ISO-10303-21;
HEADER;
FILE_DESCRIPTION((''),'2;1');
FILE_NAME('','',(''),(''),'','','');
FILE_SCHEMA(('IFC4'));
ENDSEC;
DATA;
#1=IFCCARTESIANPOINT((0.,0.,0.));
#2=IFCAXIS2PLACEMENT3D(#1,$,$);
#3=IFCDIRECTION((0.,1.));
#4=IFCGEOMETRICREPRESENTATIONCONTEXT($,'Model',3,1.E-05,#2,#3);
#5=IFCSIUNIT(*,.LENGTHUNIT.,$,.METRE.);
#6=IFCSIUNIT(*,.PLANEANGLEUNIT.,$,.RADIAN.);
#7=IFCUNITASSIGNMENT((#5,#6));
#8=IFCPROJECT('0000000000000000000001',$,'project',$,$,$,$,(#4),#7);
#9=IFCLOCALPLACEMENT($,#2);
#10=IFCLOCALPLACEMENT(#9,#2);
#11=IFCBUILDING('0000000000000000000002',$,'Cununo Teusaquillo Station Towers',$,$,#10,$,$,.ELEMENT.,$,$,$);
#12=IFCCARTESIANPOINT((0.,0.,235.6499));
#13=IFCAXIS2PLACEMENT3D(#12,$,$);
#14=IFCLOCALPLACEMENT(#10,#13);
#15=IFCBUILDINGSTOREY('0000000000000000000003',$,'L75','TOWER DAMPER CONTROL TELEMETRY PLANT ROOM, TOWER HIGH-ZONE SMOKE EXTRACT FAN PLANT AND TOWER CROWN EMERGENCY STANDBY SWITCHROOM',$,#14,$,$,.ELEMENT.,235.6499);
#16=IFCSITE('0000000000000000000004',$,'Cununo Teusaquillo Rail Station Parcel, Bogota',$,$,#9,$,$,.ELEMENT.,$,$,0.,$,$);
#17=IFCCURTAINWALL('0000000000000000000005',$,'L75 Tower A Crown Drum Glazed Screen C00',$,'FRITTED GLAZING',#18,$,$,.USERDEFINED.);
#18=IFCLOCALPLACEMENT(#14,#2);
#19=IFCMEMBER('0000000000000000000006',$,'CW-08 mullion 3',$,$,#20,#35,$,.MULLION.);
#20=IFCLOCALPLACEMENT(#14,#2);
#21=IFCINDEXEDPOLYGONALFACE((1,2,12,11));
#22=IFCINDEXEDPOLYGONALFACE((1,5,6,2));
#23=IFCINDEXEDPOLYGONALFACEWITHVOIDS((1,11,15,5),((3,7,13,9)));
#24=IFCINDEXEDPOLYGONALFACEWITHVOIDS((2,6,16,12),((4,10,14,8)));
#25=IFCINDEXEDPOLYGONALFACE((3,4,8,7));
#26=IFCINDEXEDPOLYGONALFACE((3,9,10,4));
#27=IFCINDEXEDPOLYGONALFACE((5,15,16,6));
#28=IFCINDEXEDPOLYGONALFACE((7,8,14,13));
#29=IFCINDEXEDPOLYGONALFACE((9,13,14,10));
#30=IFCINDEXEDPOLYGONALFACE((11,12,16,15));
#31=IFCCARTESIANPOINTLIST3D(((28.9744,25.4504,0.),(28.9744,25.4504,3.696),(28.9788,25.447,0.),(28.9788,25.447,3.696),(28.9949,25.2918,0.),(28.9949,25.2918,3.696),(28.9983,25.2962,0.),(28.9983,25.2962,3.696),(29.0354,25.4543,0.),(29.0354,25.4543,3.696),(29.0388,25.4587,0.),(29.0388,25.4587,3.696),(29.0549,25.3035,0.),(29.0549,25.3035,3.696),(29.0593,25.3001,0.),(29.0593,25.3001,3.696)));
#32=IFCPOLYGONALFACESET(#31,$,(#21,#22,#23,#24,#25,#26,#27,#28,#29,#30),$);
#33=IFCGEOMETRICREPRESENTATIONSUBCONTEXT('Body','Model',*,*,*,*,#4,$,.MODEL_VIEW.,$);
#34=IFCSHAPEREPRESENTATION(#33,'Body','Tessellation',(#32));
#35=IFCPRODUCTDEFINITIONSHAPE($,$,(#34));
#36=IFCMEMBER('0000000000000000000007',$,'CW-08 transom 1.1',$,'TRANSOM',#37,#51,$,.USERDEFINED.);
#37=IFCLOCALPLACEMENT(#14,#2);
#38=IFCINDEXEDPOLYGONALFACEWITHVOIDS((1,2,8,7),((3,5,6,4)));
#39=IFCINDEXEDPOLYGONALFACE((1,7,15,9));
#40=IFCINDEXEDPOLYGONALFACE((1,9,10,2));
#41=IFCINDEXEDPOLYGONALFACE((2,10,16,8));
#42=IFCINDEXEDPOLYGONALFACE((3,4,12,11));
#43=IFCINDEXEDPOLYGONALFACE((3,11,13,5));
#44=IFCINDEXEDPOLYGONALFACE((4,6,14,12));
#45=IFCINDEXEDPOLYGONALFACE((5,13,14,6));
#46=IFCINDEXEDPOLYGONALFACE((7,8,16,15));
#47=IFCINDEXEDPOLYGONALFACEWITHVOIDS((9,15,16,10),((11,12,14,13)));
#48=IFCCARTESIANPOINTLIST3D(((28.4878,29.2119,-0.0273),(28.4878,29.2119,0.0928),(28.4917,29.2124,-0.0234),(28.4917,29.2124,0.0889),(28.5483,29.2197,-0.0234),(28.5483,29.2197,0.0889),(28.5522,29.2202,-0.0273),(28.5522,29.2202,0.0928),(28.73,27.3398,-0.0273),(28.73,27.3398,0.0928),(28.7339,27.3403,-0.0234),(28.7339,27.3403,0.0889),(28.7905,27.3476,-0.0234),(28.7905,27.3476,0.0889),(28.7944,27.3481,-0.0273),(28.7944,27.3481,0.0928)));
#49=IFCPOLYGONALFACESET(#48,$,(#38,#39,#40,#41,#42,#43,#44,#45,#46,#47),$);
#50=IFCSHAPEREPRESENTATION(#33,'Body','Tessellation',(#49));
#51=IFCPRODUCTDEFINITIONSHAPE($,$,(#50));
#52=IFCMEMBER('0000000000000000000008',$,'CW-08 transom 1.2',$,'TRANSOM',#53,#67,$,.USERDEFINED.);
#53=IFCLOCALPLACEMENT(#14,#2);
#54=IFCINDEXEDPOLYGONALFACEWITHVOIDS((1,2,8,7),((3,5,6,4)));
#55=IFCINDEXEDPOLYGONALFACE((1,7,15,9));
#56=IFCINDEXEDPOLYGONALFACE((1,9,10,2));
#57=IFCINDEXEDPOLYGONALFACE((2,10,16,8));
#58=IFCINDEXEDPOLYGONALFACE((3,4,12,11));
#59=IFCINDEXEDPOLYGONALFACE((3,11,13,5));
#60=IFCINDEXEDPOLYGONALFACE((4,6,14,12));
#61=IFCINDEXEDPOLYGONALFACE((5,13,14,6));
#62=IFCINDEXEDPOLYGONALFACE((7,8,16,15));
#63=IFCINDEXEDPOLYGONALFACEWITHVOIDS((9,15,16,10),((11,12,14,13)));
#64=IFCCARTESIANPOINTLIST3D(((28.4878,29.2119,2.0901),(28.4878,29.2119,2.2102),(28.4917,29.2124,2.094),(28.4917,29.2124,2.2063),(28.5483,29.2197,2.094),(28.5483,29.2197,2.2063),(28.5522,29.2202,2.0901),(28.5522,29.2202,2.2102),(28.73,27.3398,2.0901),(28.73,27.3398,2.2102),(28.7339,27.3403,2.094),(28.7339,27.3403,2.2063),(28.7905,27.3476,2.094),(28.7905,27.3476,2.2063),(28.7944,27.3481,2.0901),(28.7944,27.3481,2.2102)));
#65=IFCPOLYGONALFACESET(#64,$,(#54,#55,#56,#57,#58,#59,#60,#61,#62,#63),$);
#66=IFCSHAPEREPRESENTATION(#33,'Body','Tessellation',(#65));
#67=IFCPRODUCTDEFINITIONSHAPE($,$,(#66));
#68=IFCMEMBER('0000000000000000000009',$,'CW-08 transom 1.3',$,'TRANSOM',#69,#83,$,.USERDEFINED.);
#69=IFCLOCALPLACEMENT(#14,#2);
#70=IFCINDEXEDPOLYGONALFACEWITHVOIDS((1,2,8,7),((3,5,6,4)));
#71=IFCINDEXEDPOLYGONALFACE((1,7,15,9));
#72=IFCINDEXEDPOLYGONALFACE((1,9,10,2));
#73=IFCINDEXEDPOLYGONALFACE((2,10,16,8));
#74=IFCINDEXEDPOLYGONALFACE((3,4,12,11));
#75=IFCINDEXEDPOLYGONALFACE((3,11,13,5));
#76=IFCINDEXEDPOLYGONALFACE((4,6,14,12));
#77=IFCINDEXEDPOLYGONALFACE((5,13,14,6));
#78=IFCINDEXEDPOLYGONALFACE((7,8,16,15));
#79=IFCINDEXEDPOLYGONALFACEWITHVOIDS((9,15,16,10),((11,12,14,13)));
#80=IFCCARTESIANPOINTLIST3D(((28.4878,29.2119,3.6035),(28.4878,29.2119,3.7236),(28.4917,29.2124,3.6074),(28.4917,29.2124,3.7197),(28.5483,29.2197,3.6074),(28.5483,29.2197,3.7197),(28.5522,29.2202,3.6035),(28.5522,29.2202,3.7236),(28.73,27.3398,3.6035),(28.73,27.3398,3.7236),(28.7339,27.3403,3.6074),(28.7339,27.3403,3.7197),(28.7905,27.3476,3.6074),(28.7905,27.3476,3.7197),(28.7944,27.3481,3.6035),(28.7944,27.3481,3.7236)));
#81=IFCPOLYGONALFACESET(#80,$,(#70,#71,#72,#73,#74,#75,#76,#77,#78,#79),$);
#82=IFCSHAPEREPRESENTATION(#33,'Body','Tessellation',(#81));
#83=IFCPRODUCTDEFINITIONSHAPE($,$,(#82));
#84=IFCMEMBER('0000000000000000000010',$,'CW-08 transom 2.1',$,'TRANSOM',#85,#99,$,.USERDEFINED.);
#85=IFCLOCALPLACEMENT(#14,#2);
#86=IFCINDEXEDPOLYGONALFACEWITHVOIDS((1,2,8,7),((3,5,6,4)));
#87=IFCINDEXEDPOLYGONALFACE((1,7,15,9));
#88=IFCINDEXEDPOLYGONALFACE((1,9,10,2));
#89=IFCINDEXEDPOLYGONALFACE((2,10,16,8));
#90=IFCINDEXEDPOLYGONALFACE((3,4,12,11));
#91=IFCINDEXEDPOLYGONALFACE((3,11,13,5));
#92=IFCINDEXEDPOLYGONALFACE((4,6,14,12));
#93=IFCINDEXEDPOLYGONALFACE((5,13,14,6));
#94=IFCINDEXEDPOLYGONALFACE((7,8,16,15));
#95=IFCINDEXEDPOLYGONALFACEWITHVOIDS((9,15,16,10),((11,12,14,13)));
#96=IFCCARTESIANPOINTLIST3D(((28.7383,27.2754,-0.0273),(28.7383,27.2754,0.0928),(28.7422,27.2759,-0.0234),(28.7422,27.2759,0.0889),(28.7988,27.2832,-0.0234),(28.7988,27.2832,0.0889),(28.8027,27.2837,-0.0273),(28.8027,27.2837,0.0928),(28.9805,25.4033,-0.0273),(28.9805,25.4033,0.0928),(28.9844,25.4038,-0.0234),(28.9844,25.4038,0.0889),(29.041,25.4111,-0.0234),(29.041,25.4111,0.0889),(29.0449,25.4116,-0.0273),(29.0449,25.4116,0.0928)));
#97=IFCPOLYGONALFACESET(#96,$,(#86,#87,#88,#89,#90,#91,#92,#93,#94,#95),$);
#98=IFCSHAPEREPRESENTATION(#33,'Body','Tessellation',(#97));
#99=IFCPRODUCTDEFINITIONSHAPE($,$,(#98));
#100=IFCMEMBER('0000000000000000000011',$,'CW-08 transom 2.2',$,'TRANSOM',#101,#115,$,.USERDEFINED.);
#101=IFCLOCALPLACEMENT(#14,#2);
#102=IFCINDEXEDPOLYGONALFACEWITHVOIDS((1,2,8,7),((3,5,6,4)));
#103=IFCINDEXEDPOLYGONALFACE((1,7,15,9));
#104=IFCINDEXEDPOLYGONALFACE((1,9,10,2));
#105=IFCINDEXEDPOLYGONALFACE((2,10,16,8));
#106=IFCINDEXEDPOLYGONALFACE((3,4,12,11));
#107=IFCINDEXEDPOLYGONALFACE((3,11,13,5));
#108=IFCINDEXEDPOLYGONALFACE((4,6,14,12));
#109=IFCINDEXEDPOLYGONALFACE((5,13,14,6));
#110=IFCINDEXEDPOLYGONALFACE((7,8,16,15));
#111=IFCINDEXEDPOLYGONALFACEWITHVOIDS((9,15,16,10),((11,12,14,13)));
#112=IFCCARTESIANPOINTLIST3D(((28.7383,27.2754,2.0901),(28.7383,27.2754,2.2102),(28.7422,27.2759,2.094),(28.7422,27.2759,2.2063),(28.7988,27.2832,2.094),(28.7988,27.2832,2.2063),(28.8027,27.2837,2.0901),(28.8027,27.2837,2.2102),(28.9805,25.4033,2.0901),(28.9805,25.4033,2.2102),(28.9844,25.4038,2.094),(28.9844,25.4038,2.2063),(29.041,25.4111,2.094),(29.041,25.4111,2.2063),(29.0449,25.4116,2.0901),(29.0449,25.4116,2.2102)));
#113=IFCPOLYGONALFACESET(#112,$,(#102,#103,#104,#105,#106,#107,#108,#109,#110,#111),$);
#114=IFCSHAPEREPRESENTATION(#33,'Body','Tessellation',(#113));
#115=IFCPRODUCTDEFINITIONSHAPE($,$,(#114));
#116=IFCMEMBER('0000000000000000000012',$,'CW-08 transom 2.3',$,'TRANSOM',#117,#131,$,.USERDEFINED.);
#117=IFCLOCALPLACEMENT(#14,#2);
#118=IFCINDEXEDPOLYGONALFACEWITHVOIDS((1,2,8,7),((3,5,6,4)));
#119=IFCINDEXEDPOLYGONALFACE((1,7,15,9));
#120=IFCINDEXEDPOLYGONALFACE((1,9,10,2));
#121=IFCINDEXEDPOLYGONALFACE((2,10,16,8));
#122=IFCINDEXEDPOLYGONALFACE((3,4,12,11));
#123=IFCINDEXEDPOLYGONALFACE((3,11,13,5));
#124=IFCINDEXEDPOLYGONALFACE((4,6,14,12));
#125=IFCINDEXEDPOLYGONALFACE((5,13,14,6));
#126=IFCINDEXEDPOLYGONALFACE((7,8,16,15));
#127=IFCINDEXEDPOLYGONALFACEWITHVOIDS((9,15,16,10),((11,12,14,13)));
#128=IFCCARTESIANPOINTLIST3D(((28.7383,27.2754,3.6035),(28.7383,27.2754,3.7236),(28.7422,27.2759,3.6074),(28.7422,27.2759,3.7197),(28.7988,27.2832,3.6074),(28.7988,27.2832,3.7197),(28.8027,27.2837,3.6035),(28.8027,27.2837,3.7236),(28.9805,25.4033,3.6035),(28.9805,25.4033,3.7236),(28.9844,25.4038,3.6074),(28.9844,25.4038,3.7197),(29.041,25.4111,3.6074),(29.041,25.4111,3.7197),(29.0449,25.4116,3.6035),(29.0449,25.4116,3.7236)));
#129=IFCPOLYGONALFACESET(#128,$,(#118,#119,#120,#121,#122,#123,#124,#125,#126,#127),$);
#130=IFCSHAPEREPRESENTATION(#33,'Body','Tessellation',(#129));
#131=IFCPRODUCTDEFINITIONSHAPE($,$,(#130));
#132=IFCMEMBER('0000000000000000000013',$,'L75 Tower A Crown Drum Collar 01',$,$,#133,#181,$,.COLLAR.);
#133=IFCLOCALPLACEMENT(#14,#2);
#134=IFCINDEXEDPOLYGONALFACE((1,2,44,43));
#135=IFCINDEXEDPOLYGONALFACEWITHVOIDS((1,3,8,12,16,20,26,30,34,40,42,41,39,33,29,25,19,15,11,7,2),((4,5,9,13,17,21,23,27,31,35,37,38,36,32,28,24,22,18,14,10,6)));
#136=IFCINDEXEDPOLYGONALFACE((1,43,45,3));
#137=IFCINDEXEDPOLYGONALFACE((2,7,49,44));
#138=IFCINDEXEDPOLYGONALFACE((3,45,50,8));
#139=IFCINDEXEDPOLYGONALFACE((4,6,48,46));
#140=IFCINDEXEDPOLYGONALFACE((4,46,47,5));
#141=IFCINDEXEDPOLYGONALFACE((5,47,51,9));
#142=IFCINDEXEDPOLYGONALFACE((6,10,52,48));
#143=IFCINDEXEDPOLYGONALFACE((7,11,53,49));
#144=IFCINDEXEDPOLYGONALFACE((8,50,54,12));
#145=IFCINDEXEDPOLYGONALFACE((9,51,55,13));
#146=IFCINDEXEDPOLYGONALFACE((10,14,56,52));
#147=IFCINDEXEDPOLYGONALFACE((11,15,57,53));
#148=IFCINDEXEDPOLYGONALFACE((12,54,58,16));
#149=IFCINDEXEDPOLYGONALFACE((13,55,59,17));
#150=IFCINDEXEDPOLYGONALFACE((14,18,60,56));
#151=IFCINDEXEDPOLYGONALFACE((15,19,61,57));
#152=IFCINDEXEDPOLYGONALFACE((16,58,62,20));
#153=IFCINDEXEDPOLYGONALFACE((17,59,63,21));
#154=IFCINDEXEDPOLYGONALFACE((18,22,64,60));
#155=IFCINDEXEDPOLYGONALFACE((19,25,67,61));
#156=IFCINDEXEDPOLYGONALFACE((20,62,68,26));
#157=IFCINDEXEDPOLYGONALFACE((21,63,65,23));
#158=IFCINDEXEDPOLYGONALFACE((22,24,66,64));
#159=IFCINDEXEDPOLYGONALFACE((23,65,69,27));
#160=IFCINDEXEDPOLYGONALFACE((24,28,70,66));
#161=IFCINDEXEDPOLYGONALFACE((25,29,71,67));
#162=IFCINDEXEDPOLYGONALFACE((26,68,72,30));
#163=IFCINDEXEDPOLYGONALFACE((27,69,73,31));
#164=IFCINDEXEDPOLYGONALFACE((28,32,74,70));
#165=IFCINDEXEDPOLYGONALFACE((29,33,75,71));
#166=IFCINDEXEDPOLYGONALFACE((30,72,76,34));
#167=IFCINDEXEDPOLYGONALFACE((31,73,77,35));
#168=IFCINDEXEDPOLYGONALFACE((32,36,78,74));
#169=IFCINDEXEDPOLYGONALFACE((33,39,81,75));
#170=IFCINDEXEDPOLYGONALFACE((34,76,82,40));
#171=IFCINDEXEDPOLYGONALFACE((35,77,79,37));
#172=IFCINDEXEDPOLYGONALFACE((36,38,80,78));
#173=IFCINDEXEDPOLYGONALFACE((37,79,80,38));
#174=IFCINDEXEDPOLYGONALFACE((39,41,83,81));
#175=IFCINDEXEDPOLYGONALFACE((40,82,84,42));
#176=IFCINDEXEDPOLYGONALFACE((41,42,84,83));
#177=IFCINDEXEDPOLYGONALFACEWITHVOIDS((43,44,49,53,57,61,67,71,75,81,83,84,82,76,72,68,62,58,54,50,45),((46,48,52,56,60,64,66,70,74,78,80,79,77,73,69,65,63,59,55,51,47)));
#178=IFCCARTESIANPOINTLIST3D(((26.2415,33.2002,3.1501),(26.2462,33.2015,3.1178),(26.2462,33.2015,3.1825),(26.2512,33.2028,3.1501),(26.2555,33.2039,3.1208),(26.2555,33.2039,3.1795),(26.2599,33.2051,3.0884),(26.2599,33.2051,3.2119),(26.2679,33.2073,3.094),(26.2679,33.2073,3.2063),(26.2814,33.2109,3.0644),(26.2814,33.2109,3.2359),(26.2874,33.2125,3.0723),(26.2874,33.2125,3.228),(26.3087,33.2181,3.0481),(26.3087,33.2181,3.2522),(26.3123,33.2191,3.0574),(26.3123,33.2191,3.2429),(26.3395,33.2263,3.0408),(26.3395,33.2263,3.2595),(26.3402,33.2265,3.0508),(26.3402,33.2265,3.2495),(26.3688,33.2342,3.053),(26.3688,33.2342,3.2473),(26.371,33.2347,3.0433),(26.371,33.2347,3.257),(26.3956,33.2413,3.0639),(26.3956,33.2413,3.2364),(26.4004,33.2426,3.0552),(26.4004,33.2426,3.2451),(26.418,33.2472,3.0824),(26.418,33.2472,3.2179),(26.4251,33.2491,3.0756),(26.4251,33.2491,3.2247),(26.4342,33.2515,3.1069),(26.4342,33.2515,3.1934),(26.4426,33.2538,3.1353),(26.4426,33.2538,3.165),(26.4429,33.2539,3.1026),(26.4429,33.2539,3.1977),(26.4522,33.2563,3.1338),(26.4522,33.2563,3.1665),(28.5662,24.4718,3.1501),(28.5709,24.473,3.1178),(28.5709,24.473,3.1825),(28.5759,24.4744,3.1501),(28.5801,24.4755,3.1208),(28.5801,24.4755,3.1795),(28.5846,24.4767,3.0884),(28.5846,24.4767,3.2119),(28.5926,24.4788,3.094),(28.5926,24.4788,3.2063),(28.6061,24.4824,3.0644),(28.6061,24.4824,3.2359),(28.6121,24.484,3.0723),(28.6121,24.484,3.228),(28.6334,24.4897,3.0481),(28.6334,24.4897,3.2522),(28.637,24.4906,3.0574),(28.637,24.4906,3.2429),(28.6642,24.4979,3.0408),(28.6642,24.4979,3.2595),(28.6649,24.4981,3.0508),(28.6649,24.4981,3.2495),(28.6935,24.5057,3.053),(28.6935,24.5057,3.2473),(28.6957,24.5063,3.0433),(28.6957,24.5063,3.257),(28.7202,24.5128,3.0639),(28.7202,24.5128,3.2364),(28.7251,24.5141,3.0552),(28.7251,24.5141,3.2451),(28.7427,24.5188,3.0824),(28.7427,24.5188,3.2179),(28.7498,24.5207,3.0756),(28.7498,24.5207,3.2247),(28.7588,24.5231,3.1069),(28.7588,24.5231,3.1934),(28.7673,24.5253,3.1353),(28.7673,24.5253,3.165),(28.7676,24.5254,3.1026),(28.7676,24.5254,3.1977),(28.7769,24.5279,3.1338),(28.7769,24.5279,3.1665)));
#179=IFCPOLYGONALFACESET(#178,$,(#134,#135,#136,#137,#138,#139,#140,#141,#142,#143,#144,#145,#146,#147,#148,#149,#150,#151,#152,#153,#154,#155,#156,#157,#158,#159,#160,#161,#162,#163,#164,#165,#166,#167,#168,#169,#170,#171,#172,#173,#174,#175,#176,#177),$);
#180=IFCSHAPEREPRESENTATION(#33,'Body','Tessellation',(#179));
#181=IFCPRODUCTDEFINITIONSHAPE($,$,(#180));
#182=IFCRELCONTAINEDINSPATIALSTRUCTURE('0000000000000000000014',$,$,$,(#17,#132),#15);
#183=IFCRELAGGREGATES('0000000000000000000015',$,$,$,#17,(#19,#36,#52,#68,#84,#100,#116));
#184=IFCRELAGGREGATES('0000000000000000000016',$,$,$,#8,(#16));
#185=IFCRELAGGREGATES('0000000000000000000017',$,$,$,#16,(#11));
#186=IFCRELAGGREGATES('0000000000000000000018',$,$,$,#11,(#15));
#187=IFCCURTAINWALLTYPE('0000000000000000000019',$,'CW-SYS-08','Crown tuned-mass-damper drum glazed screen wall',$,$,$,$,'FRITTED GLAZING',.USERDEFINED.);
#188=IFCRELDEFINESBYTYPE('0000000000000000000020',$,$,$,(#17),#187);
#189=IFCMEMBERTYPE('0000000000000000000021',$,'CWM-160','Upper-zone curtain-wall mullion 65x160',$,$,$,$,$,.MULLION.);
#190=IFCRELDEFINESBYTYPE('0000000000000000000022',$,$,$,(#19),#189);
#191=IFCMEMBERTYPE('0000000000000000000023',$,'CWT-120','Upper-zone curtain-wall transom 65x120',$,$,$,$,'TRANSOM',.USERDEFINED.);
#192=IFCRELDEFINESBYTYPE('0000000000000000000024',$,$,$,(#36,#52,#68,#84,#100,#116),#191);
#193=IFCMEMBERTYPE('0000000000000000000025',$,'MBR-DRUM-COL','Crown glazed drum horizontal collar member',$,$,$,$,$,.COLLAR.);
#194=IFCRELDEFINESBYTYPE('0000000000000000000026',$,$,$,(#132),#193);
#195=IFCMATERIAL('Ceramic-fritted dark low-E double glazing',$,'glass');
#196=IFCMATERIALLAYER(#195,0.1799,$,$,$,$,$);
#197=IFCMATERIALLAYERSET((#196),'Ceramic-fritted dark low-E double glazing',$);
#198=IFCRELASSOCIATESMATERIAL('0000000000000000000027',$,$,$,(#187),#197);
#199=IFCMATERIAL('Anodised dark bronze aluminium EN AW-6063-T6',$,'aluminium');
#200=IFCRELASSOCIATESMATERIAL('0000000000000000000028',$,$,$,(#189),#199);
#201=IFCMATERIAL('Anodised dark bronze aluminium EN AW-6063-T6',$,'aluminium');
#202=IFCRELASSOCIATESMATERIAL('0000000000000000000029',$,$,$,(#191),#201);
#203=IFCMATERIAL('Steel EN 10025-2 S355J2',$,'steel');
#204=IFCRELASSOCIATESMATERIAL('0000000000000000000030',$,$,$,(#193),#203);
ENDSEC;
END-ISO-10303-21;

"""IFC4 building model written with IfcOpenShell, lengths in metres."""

from ifc_helpers import new_model, si_unit, direction, frame, origin, origin_2d, place, context, subcontext, project, spatial, hollow_rectangle, hollow_circle, extrude, material, layer, layer_set, material_profile, profile_set, type_object, element, aggregate, save


model = new_model("IFC4")

# Units and contexts
model_context = context("Model", 3, precision=1e-05, world=origin(), true_north=direction((0.0, 1.0)))
body_context = subcontext(model_context, "Body", "Model", "MODEL_VIEW")
ifc_project = project(units=[si_unit("LENGTHUNIT", "METRE"), si_unit("PLANEANGLEUNIT", "RADIAN")], contexts=[model_context])

# Site, building, storey
site_placement = place(None, origin())
site = spatial("IfcSite", under=ifc_project, at=site_placement, Name="Cununo Teusaquillo Rail Station Parcel, Bogota", CompositionType="ELEMENT", RefElevation=0.0)
building_placement = place(site_placement, origin())
building = spatial("IfcBuilding", under=site, at=building_placement, Name="Cununo Teusaquillo Station Towers", CompositionType="ELEMENT")
storey_placement = place(building_placement, frame((0.0, 0.0, 235.6499)))
storey = spatial("IfcBuildingStorey", under=building, at=storey_placement, Name="L75", Description="TOWER DAMPER CONTROL TELEMETRY PLANT ROOM, TOWER HIGH-ZONE SMOKE EXTRACT FAN PLANT AND TOWER CROWN EMERGENCY STANDBY SWITCHROOM", CompositionType="ELEMENT", Elevation=235.6499)

# Curtain wall, members
ifc_material_1 = material(Name="Ceramic-fritted dark low-E double glazing", Category="glass")
ifc_layer_1 = layer(ifc_material_1, 0.1799)
ifc_layer_set_1 = layer_set([ifc_layer_1], Name="Ceramic-fritted dark low-E double glazing")
curtain_wall_type = type_object("IfcCurtainWallType", Name="CW-SYS-08", Description="Crown tuned-mass-damper drum glazed screen wall", ElementType="FRITTED GLAZING", PredefinedType="USERDEFINED", material=ifc_layer_set_1)
curtain_wall_placement = place(storey_placement, origin())
curtain_wall = element("IfcCurtainWall", 1, at=curtain_wall_placement, inside=storey, type_object=curtain_wall_type, Name="L75 Tower A Crown Drum Glazed Screen C00", ObjectType="FRITTED GLAZING", PredefinedType="USERDEFINED")
ifc_material_2 = material(Name="Anodised dark bronze aluminium EN AW-6063-T6", Category="aluminium")
ifc_material_profile_1 = material_profile(ifc_material_2, hollow_rectangle(XDim=0.0649, YDim=0.1599, WallThickness=0.0039, at=origin_2d()), Name="CW-MULL-65x160")
ifc_profile_set_1 = profile_set([ifc_material_profile_1], Name="Anodised dark bronze aluminium EN AW-6063-T6")
member_type_1 = type_object("IfcMemberType", Name="CWM-160", Description="Upper-zone curtain-wall mullion 65x160", PredefinedType="MULLION", material=ifc_profile_set_1)
member_1_placement = place(storey_placement, frame((29.0168, 25.3752, 0.0), z_axis=(0.0, 0.0, 1.0), x_axis=(0.991742, 0.128253, 0.0)))
member_1 = element("IfcMember", 2, at=member_1_placement, type_object=member_type_1, Name="CW-08 mullion 3", PredefinedType="MULLION", context=body_context, shape_type="SweptSolid", body=[
    extrude(hollow_rectangle(XDim=0.0649, YDim=0.1599, WallThickness=0.0039, at=origin_2d()), origin(), (0.0, 0.0, 1.0), 3.696),
])
ifc_material_3 = material(Name="Anodised dark bronze aluminium EN AW-6063-T6", Category="aluminium")
ifc_material_profile_2 = material_profile(ifc_material_3, hollow_rectangle(XDim=0.0649, YDim=0.1201, WallThickness=0.0039, at=origin_2d()), Name="CW-TRAN-65x120")
ifc_profile_set_2 = profile_set([ifc_material_profile_2], Name="Anodised dark bronze aluminium EN AW-6063-T6")
member_type_2 = type_object("IfcMemberType", Name="CWT-120", Description="Upper-zone curtain-wall transom 65x120", ElementType="TRANSOM", PredefinedType="USERDEFINED", material=ifc_profile_set_2)
member_2_placement = place(storey_placement, frame((28.52, 29.2161, 0.0327), z_axis=(0.1283, -0.991735, 0.0), x_axis=(0.991735, 0.1283, 0.0)))
member_2 = element("IfcMember", 3, at=member_2_placement, type_object=member_type_2, Name="CW-08 transom 1.1", ObjectType="TRANSOM", PredefinedType="USERDEFINED", context=body_context, shape_type="SweptSolid", body=[
    extrude(hollow_rectangle(XDim=0.0649, YDim=0.1201, WallThickness=0.0039, at=origin_2d()), origin(), (0.0, 0.0, 1.0), 1.8877),
])
member_3_placement = place(storey_placement, frame((28.52, 29.2161, 2.1501), z_axis=(0.1283, -0.991735, 0.0), x_axis=(0.991735, 0.1283, 0.0)))
member_3 = element("IfcMember", 4, at=member_3_placement, type_object=member_type_2, Name="CW-08 transom 1.2", ObjectType="TRANSOM", PredefinedType="USERDEFINED", context=body_context, shape_type="SweptSolid", body=[
    extrude(hollow_rectangle(XDim=0.0649, YDim=0.1201, WallThickness=0.0039, at=origin_2d()), origin(), (0.0, 0.0, 1.0), 1.8877),
])
member_4_placement = place(storey_placement, frame((28.52, 29.2161, 3.6636), z_axis=(0.1283, -0.991735, 0.0), x_axis=(0.991735, 0.1283, 0.0)))
member_4 = element("IfcMember", 5, at=member_4_placement, type_object=member_type_2, Name="CW-08 transom 1.3", ObjectType="TRANSOM", PredefinedType="USERDEFINED", context=body_context, shape_type="SweptSolid", body=[
    extrude(hollow_rectangle(XDim=0.0649, YDim=0.1201, WallThickness=0.0039, at=origin_2d()), origin(), (0.0, 0.0, 1.0), 1.8877),
])
member_5_placement = place(storey_placement, frame((28.7705, 27.2795, 0.0327), z_axis=(0.1283, -0.991735, 0.0), x_axis=(0.991735, 0.1283, 0.0)))
member_5 = element("IfcMember", 6, at=member_5_placement, type_object=member_type_2, Name="CW-08 transom 2.1", ObjectType="TRANSOM", PredefinedType="USERDEFINED", context=body_context, shape_type="SweptSolid", body=[
    extrude(hollow_rectangle(XDim=0.0649, YDim=0.1201, WallThickness=0.0039, at=origin_2d()), origin(), (0.0, 0.0, 1.0), 1.8877),
])
member_6_placement = place(storey_placement, frame((28.7705, 27.2795, 2.1501), z_axis=(0.1283, -0.991735, 0.0), x_axis=(0.991735, 0.1283, 0.0)))
member_6 = element("IfcMember", 7, at=member_6_placement, type_object=member_type_2, Name="CW-08 transom 2.2", ObjectType="TRANSOM", PredefinedType="USERDEFINED", context=body_context, shape_type="SweptSolid", body=[
    extrude(hollow_rectangle(XDim=0.0649, YDim=0.1201, WallThickness=0.0039, at=origin_2d()), origin(), (0.0, 0.0, 1.0), 1.8877),
])
member_7_placement = place(storey_placement, frame((28.7705, 27.2795, 3.6636), z_axis=(0.1283, -0.991735, 0.0), x_axis=(0.991735, 0.1283, 0.0)))
member_7 = element("IfcMember", 8, at=member_7_placement, type_object=member_type_2, Name="CW-08 transom 2.3", ObjectType="TRANSOM", PredefinedType="USERDEFINED", context=body_context, shape_type="SweptSolid", body=[
    extrude(hollow_rectangle(XDim=0.0649, YDim=0.1201, WallThickness=0.0039, at=origin_2d()), origin(), (0.0, 0.0, 1.0), 1.8877),
])

# Member
ifc_material_4 = material(Name="Steel EN 10025-2 S355J2", Category="steel")
ifc_material_profile_3 = material_profile(ifc_material_4, hollow_circle(Radius=0.1096, WallThickness=0.01, at=origin_2d()), Name="CHS 219x10")
ifc_profile_set_3 = profile_set([ifc_material_profile_3], Name="Steel EN 10025-2 S355J2")
member_type_3 = type_object("IfcMemberType", Name="MBR-DRUM-COL", Description="Crown glazed drum horizontal collar member", PredefinedType="COLLAR", material=ifc_profile_set_3)
member_8_placement = place(storey_placement, frame((28.6721, 24.5, 3.1501), z_axis=(-0.257363, 0.966315, 0.0), x_axis=(-0.966315, -0.257363, 0.0)))
element("IfcMember", 9, at=member_8_placement, inside=storey, type_object=member_type_3, Name="L75 Tower A Crown Drum Collar 01", PredefinedType="COLLAR", context=body_context, shape_type="SweptSolid", body=[
    extrude(hollow_circle(Radius=0.1096, WallThickness=0.01, at=origin_2d()), origin(), (0.0, 0.0, 1.0), 9.0327),
])

aggregate(curtain_wall, [member_1, member_2, member_3, member_4, member_5, member_6, member_7])

save(model, "model.ifc")
